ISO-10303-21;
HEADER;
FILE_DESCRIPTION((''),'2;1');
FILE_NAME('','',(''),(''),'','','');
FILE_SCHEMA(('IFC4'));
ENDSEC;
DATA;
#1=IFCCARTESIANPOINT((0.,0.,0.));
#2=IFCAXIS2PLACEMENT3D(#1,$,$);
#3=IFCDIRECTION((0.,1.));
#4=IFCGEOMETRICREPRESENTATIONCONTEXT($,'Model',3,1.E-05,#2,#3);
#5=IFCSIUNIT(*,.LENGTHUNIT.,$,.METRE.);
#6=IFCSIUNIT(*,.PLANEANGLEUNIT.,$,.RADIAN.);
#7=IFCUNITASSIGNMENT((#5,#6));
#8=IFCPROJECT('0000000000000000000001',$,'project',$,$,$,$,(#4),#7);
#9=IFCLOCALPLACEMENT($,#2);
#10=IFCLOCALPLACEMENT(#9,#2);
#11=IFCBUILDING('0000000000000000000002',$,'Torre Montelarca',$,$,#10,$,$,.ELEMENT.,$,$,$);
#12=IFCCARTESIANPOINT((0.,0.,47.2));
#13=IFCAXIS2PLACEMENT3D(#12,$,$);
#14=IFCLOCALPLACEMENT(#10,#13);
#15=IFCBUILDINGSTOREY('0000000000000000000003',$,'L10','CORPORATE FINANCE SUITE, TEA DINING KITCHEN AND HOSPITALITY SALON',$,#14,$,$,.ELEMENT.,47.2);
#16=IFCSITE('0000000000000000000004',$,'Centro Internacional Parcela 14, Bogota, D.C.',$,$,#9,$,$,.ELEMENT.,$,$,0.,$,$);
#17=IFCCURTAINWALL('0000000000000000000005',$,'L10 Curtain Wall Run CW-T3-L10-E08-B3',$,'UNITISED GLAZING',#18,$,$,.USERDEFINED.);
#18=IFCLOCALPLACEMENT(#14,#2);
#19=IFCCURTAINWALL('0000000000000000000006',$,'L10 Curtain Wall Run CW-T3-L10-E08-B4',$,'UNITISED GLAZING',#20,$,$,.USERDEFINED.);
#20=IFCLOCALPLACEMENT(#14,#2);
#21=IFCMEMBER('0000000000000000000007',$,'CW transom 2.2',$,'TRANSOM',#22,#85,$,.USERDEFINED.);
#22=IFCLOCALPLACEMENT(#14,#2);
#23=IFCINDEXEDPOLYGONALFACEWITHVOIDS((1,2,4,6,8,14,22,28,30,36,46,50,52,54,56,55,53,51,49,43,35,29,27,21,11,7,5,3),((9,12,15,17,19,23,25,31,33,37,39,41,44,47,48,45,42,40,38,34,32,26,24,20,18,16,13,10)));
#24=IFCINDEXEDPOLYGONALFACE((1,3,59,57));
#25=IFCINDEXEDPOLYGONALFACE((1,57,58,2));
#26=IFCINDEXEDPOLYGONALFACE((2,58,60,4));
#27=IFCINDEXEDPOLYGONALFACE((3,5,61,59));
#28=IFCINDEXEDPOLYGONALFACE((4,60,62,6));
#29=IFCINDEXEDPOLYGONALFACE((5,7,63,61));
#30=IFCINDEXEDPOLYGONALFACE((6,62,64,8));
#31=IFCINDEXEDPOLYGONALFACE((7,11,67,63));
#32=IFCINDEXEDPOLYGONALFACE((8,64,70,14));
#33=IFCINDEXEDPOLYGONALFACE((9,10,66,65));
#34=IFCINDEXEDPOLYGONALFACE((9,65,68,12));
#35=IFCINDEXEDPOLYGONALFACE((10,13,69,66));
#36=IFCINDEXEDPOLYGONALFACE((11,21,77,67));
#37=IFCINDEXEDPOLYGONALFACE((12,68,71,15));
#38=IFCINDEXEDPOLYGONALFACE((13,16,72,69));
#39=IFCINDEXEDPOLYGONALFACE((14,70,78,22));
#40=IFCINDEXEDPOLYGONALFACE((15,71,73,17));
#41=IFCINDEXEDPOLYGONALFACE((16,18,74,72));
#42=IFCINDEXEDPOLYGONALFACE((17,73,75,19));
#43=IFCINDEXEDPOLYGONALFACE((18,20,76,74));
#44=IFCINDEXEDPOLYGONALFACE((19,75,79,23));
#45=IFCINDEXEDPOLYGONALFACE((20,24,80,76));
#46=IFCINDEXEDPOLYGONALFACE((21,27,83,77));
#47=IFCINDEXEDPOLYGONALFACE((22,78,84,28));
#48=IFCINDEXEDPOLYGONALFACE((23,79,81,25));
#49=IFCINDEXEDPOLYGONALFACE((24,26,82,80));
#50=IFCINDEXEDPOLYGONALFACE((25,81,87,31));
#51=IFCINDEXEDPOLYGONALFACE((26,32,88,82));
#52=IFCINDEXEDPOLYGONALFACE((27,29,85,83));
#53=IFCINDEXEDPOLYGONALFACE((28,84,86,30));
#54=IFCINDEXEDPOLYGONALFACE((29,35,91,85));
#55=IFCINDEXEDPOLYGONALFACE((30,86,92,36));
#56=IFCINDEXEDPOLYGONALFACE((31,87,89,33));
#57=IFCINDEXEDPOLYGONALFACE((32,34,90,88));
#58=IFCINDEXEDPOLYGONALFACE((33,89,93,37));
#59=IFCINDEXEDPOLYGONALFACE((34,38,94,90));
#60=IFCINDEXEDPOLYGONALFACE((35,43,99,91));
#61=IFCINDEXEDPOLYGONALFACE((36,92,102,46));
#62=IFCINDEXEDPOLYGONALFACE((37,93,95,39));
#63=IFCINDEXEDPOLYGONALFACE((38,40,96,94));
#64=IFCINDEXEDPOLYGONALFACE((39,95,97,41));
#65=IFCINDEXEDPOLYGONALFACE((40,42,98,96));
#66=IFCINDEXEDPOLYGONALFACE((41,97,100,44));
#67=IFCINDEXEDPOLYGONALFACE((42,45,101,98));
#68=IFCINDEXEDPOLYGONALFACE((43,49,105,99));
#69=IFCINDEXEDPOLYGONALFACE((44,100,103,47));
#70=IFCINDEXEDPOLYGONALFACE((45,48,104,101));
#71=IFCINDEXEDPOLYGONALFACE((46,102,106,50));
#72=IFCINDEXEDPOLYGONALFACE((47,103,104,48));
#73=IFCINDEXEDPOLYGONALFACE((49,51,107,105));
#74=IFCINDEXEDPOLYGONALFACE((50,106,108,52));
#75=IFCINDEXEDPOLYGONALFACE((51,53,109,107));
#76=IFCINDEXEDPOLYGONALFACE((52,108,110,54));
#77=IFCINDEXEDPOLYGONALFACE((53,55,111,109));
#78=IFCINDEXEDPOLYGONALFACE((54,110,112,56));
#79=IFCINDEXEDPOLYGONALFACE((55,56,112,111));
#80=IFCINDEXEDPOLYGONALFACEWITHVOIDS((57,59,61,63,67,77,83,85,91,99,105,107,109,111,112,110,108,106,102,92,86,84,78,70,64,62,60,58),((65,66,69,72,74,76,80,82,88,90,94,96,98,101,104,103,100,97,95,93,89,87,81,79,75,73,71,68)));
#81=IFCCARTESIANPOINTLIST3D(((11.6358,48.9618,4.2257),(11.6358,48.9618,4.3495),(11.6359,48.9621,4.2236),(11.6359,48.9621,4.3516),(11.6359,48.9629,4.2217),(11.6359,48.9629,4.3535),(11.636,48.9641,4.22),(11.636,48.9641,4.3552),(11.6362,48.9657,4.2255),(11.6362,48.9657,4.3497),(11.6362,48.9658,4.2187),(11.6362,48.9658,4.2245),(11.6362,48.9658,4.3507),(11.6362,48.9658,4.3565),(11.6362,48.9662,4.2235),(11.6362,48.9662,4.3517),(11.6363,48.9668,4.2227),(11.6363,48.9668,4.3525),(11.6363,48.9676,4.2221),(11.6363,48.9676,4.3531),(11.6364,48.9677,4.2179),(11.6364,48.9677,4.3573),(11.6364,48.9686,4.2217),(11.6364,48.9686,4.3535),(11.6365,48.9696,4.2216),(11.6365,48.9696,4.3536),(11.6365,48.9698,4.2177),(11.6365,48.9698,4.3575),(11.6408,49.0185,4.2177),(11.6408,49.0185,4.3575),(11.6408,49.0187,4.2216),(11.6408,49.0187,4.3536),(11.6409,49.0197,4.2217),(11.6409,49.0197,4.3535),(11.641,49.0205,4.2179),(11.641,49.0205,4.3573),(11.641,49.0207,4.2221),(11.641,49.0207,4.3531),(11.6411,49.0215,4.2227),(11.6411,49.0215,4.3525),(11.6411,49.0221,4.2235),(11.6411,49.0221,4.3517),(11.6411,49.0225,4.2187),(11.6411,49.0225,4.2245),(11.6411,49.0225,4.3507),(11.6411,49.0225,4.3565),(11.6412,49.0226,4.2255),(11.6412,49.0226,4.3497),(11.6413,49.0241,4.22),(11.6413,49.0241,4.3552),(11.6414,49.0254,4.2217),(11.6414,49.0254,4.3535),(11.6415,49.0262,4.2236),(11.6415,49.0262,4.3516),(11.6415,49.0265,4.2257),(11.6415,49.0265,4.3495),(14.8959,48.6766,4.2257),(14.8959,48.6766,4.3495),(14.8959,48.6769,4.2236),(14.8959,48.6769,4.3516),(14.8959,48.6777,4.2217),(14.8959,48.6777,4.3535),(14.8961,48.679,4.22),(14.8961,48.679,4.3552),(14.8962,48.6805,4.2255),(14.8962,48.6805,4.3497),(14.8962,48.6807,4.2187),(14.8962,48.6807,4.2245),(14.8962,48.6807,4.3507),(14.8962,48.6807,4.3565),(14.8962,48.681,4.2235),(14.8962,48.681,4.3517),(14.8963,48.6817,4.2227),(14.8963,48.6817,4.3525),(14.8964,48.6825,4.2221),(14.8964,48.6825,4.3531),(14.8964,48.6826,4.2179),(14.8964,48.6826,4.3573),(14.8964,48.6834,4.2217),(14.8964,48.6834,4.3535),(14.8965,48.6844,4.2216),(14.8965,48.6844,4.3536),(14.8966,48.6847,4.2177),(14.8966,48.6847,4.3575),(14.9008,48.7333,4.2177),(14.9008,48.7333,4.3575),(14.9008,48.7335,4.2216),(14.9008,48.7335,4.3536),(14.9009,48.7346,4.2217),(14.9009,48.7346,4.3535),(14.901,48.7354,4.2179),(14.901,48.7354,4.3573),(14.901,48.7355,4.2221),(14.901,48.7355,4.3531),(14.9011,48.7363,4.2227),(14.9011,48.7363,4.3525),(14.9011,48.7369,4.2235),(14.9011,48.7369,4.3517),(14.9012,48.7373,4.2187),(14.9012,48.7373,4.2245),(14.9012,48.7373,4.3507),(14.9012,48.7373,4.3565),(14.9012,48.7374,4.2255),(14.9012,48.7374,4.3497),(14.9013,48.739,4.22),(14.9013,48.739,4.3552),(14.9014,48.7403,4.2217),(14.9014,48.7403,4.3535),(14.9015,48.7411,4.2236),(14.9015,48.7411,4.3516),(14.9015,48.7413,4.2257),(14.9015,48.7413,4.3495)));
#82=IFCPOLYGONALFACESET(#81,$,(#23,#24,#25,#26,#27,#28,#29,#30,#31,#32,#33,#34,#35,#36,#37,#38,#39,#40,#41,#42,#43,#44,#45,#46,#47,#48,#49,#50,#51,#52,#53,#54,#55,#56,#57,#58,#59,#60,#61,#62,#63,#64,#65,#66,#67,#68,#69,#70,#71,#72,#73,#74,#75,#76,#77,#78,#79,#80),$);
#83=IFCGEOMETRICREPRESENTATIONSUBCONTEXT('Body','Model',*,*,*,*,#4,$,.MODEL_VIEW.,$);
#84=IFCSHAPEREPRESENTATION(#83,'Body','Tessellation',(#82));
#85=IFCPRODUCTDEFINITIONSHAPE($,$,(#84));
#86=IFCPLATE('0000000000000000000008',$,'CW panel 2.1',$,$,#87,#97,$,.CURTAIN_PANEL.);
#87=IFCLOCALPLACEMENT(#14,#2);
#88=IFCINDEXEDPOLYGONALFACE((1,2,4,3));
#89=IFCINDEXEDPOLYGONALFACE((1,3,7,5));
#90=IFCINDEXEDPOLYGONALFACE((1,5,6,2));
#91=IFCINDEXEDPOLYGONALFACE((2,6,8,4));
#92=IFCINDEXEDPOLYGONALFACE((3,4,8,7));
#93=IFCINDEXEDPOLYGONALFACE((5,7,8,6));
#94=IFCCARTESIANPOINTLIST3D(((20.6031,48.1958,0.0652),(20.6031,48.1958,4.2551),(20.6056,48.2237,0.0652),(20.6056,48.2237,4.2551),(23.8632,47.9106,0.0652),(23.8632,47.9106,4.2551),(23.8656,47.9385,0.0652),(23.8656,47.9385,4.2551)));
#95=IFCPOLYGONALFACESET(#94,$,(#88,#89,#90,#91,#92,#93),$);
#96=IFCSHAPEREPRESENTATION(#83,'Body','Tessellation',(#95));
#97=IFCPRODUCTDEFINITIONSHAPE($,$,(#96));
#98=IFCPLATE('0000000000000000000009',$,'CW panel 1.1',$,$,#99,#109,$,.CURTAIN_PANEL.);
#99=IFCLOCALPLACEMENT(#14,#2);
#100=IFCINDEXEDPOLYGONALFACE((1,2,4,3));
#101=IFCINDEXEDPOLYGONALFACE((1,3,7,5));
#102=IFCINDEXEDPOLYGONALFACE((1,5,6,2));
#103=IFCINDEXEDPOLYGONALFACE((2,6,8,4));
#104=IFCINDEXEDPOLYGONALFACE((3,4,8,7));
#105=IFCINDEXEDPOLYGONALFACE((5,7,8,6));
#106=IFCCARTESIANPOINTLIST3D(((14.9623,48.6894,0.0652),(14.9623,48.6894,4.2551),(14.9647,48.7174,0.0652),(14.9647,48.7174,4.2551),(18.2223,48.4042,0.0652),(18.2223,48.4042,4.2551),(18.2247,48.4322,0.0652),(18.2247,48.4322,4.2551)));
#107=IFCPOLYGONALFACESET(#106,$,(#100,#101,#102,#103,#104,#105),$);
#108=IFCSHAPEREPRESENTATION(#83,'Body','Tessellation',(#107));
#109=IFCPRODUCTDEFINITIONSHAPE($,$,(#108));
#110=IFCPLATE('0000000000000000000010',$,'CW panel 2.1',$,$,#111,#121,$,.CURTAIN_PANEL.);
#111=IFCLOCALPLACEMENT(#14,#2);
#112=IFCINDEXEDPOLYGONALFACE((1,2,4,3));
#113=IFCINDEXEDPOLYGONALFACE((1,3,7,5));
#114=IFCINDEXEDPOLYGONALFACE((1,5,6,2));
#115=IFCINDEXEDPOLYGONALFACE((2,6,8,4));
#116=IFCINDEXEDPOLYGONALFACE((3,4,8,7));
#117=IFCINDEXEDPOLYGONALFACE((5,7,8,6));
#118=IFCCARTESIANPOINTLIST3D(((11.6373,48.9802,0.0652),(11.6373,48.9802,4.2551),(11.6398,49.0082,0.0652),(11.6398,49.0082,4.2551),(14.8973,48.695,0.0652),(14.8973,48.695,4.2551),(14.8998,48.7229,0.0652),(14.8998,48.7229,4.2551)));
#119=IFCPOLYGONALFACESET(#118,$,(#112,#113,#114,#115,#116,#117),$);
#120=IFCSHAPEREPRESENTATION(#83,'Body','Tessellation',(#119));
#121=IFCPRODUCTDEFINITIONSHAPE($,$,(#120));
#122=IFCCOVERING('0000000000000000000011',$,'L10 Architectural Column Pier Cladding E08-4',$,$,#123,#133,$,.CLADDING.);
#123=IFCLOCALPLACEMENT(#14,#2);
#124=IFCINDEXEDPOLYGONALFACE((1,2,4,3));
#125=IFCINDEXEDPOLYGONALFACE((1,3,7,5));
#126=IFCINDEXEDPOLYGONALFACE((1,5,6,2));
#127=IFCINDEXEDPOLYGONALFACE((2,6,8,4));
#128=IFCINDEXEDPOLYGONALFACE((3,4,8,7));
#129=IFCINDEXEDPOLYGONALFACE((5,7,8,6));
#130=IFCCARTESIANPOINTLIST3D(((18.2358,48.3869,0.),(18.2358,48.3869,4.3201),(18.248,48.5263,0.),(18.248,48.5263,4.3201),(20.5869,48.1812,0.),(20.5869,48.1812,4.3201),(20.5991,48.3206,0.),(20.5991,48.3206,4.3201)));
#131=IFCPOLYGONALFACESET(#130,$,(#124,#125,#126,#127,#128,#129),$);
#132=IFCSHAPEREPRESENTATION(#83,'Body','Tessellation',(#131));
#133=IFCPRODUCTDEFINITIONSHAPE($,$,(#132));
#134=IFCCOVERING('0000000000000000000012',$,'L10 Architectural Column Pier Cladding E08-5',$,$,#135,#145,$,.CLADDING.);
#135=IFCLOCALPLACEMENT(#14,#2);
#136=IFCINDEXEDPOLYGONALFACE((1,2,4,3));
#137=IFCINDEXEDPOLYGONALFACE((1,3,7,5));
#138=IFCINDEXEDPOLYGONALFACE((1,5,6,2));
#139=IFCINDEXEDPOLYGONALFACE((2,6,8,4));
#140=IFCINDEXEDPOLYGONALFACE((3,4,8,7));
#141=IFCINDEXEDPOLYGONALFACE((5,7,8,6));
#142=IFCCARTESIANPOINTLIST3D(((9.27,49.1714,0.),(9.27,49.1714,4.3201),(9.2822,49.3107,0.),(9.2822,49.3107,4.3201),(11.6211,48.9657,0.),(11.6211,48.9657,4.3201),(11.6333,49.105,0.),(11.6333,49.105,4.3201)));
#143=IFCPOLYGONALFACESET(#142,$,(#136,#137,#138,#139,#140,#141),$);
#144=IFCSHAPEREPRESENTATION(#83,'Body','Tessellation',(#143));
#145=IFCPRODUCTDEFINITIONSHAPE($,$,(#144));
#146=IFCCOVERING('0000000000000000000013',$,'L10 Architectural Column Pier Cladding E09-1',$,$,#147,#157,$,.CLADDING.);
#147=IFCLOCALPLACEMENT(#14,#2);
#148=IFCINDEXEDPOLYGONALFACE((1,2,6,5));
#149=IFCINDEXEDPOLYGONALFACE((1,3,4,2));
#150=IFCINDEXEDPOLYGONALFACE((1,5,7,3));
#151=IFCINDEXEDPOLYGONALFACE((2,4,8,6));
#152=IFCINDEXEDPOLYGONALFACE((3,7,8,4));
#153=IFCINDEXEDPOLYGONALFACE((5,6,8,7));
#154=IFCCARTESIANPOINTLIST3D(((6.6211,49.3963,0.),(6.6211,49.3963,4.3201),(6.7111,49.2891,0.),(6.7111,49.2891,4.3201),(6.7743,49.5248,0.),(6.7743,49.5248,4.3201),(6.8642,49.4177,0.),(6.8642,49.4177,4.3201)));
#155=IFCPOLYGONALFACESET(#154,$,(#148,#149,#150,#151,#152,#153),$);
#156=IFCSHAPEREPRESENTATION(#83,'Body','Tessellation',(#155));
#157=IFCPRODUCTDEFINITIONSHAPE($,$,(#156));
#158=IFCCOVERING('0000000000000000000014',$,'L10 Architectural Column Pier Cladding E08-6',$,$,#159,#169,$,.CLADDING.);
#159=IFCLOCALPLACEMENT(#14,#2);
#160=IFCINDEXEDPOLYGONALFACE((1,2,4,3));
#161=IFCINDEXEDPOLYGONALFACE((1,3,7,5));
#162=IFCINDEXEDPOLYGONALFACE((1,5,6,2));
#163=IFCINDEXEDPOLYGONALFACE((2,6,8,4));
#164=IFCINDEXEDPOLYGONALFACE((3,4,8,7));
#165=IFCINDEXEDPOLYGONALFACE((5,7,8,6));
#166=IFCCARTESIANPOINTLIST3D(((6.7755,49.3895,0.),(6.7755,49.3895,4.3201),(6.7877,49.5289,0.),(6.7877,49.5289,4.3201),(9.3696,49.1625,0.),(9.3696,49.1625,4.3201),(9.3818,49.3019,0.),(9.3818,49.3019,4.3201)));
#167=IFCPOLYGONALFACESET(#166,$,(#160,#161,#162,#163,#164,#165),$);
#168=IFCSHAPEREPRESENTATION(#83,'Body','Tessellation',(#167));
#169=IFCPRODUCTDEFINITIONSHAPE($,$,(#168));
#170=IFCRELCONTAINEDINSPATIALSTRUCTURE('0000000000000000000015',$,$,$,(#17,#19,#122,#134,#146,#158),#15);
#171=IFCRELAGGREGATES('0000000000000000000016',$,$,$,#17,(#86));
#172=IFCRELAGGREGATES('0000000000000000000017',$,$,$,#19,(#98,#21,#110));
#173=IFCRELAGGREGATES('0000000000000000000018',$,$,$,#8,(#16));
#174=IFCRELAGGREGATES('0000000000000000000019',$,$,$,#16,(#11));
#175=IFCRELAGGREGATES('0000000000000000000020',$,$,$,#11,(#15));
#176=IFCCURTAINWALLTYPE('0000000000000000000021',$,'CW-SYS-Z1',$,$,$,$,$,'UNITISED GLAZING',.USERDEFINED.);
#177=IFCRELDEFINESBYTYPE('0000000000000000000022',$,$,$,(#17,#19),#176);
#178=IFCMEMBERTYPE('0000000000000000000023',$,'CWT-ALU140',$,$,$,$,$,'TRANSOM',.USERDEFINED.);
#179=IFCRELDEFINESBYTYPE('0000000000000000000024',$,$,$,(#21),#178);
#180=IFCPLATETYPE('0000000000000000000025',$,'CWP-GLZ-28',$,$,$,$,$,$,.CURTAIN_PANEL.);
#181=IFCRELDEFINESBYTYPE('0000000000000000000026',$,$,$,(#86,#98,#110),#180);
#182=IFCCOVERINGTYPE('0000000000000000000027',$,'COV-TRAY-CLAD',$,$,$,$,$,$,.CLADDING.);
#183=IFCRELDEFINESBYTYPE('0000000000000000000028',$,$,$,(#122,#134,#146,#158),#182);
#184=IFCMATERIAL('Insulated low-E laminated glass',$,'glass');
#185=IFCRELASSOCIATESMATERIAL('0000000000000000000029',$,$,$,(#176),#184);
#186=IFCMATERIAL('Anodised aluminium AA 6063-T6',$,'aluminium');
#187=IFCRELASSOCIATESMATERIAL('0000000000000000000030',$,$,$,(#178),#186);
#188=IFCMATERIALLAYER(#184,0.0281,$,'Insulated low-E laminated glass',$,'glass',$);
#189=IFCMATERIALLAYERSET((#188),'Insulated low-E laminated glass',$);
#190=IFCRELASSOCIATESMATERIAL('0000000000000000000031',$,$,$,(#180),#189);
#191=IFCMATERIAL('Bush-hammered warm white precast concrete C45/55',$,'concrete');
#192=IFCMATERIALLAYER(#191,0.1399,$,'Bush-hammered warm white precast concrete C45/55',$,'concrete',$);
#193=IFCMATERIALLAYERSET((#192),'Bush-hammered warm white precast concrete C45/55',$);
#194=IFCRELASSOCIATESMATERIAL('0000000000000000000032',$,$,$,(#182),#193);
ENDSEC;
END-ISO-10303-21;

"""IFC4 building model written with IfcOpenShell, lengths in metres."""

from ifc_helpers import new_model, si_unit, direction, frame, origin, origin_2d, place, context, subcontext, project, spatial, rectangle, hollow_rectangle, extrude, source, transform, mapped, material, layer, layer_set, material_profile, profile_set, type_object, element, aggregate, save


model = new_model("IFC4")

# Units and contexts
model_context = context("Model", 3, precision=1e-05, world=origin(), true_north=direction((0.0, 1.0)))
body_context = subcontext(model_context, "Body", "Model", "MODEL_VIEW")
ifc_project = project(units=[si_unit("LENGTHUNIT", "METRE"), si_unit("PLANEANGLEUNIT", "RADIAN")], contexts=[model_context])

# Site, building, storey
site_placement = place(None, origin())
site = spatial("IfcSite", under=ifc_project, at=site_placement, Name="Centro Internacional Parcela 14, Bogota, D.C.", CompositionType="ELEMENT", RefElevation=0.0)
building_placement = place(site_placement, origin())
building = spatial("IfcBuilding", under=site, at=building_placement, Name="Torre Montelarca", CompositionType="ELEMENT")
storey_placement = place(building_placement, frame((0.0, 0.0, 47.2)))
storey = spatial("IfcBuildingStorey", under=building, at=storey_placement, Name="L10", Description="CORPORATE FINANCE SUITE, TEA DINING KITCHEN AND HOSPITALITY SALON", CompositionType="ELEMENT", Elevation=47.2)

# Curtain wall
ifc_material_1 = material(Name="Insulated low-E laminated glass", Category="glass")
curtain_wall_type = type_object("IfcCurtainWallType", Name="CW-SYS-Z1", ElementType="UNITISED GLAZING", PredefinedType="USERDEFINED", material=ifc_material_1)
curtain_wall_1_placement = place(storey_placement, origin())
curtain_wall_1 = element("IfcCurtainWall", 1, at=curtain_wall_1_placement, inside=storey, type_object=curtain_wall_type, Name="L10 Curtain Wall Run CW-T3-L10-E08-B3", ObjectType="UNITISED GLAZING", PredefinedType="USERDEFINED")
ifc_material_2 = material(Name="Anodised aluminium AA 6063-T6", Category="aluminium")

# Curtain wall
curtain_wall_2_placement = place(storey_placement, origin())
curtain_wall_2 = element("IfcCurtainWall", 2, at=curtain_wall_2_placement, inside=storey, type_object=curtain_wall_type, Name="L10 Curtain Wall Run CW-T3-L10-E08-B4", ObjectType="UNITISED GLAZING", PredefinedType="USERDEFINED")

# Member
ifc_material_profile_1 = material_profile(ifc_material_2, hollow_rectangle(XDim=0.0649, YDim=0.1399, WallThickness=0.0039, InnerFilletRadius=0.0039, OuterFilletRadius=0.0081, at=origin_2d()), Name="ALU65X140X4", Category="aluminium")
ifc_profile_set_1 = profile_set([ifc_material_profile_1], Name="Anodised aluminium AA 6063-T6")
member_type_1 = type_object("IfcMemberType", Name="CWT-ALU140", ElementType="TRANSOM", PredefinedType="USERDEFINED", material=ifc_profile_set_1)
shared_shape_1 = source(origin(), body_context, "Body", "SweptSolid", [
    extrude(hollow_rectangle(XDim=0.0649, YDim=0.1399, WallThickness=0.0039, InnerFilletRadius=0.0039, OuterFilletRadius=0.0081, at=origin_2d()), origin(), (0.0, 0.0, 1.0), 3.2725),
])
member_1_placement = place(storey_placement, frame((14.8987, 48.709, 4.2876), z_axis=(-0.996196, 0.087138, 0.0), x_axis=(-0.087138, -0.996196, 0.0)))
member_1 = element("IfcMember", 3, at=member_1_placement, type_object=member_type_1, Name="CW transom 2.2", ObjectType="TRANSOM", PredefinedType="USERDEFINED", context=body_context, shape_type="MappedRepresentation", body=[
    mapped(shared_shape_1, transform((0.0, 0.0, 0.0), scale=1.0)),
])

# Plates
ifc_layer_1 = layer(ifc_material_1, 0.0281, Name="Insulated low-E laminated glass", Category="glass")
ifc_layer_set_1 = layer_set([ifc_layer_1], Name="Insulated low-E laminated glass")
plate_type = type_object("IfcPlateType", Name="CWP-GLZ-28", PredefinedType="CURTAIN_PANEL", material=ifc_layer_set_1)
shared_shape_2 = source(origin(), body_context, "Body", "SweptSolid", [
    extrude(rectangle(XDim=3.2725, YDim=0.0281, at=origin_2d()), origin(), (0.0, 0.0, 1.0), 4.1899),
])
plate_1_placement = place(storey_placement, frame((22.2344, 48.0671, 0.0652), z_axis=(0.0, 0.0, 1.0), x_axis=(-0.996195, 0.087151, 0.0)))
plate_1 = element("IfcPlate", 4, at=plate_1_placement, type_object=plate_type, Name="CW panel 2.1", PredefinedType="CURTAIN_PANEL", context=body_context, shape_type="MappedRepresentation", body=[
    mapped(shared_shape_2, transform((0.0, 0.0, 0.0), scale=1.0)),
])
aggregate(curtain_wall_1, [plate_1])
plate_2_placement = place(storey_placement, frame((16.5935, 48.5608, 0.0652), z_axis=(0.0, 0.0, 1.0), x_axis=(-0.996194, 0.087167, 0.0)))
plate_2 = element("IfcPlate", 5, at=plate_2_placement, type_object=plate_type, Name="CW panel 1.1", PredefinedType="CURTAIN_PANEL", context=body_context, shape_type="MappedRepresentation", body=[
    mapped(shared_shape_2, transform((0.0, 0.0, 0.0), scale=1.0)),
])
plate_3_placement = place(storey_placement, frame((13.2686, 48.8516, 0.0652), z_axis=(0.0, 0.0, 1.0), x_axis=(-0.996194, 0.087167, 0.0)))
plate_3 = element("IfcPlate", 6, at=plate_3_placement, type_object=plate_type, Name="CW panel 2.1", PredefinedType="CURTAIN_PANEL", context=body_context, shape_type="MappedRepresentation", body=[
    mapped(shared_shape_2, transform((0.0, 0.0, 0.0), scale=1.0)),
])
aggregate(curtain_wall_2, [plate_2, member_1, plate_3])

# Coverings
ifc_material_3 = material(Name="Bush-hammered warm white precast concrete C45/55", Category="concrete")
ifc_layer_2 = layer(ifc_material_3, 0.1399, Name="Bush-hammered warm white precast concrete C45/55", Category="concrete")
ifc_layer_set_2 = layer_set([ifc_layer_2], Name="Bush-hammered warm white precast concrete C45/55")
covering_type = type_object("IfcCoveringType", Name="COV-TRAY-CLAD", PredefinedType="CLADDING", material=ifc_layer_set_2)
shared_shape_3 = source(origin(), body_context, "Body", "SweptSolid", [
    extrude(rectangle(XDim=2.3601, YDim=0.1399, at=origin_2d()), origin(), (0.0, 0.0, 1.0), 4.3201),
])
for number, where, z_axis, x_axis, name in (
    (7, (19.4175, 48.3538, 0.0), (0.0, 0.0, 1.0), (-0.996195, 0.087157, 0.0), "L10 Architectural Column Pier Cladding E08-4"),
    (8, (10.4517, 49.1382, 0.0), (0.0, 0.0, 1.0), (-0.996195, 0.087157, 0.0), "L10 Architectural Column Pier Cladding E08-5"),
):
    element("IfcCovering", number, at=place(storey_placement, frame(where, z_axis=z_axis, x_axis=x_axis)), inside=storey, type_object=covering_type, Name=name, PredefinedType="CLADDING", context=body_context, shape_type="MappedRepresentation", body=[
        mapped(shared_shape_3, transform((0.0, 0.0, 0.0), scale=1.0)),
    ])
shared_shape_4 = source(origin(), body_context, "Body", "SweptSolid", [
    extrude(rectangle(XDim=0.2, YDim=0.1399, at=origin_2d()), origin(), (0.0, 0.0, 1.0), 4.3201),
])
covering_1_placement = place(storey_placement, frame((6.7427, 49.407, 0.0), z_axis=(0.0, 0.0, 1.0), x_axis=(-0.766039, -0.642794, 0.0)))
element("IfcCovering", 9, at=covering_1_placement, inside=storey, type_object=covering_type, Name="L10 Architectural Column Pier Cladding E09-1", PredefinedType="CLADDING", context=body_context, shape_type="MappedRepresentation", body=[
    mapped(shared_shape_4, transform((0.0, 0.0, 0.0), scale=1.0)),
])
shared_shape_5 = source(origin(), body_context, "Body", "SweptSolid", [
    extrude(rectangle(XDim=2.604, YDim=0.1399, at=origin_2d()), origin(), (0.0, 0.0, 1.0), 4.3201),
])
covering_2_placement = place(storey_placement, frame((8.0786, 49.3457, 0.0), z_axis=(0.0, 0.0, 1.0), x_axis=(-0.996195, 0.087157, 0.0)))
element("IfcCovering", 10, at=covering_2_placement, inside=storey, type_object=covering_type, Name="L10 Architectural Column Pier Cladding E08-6", PredefinedType="CLADDING", context=body_context, shape_type="MappedRepresentation", body=[
    mapped(shared_shape_5, transform((0.0, 0.0, 0.0), scale=1.0)),
])

save(model, "model.ifc")
